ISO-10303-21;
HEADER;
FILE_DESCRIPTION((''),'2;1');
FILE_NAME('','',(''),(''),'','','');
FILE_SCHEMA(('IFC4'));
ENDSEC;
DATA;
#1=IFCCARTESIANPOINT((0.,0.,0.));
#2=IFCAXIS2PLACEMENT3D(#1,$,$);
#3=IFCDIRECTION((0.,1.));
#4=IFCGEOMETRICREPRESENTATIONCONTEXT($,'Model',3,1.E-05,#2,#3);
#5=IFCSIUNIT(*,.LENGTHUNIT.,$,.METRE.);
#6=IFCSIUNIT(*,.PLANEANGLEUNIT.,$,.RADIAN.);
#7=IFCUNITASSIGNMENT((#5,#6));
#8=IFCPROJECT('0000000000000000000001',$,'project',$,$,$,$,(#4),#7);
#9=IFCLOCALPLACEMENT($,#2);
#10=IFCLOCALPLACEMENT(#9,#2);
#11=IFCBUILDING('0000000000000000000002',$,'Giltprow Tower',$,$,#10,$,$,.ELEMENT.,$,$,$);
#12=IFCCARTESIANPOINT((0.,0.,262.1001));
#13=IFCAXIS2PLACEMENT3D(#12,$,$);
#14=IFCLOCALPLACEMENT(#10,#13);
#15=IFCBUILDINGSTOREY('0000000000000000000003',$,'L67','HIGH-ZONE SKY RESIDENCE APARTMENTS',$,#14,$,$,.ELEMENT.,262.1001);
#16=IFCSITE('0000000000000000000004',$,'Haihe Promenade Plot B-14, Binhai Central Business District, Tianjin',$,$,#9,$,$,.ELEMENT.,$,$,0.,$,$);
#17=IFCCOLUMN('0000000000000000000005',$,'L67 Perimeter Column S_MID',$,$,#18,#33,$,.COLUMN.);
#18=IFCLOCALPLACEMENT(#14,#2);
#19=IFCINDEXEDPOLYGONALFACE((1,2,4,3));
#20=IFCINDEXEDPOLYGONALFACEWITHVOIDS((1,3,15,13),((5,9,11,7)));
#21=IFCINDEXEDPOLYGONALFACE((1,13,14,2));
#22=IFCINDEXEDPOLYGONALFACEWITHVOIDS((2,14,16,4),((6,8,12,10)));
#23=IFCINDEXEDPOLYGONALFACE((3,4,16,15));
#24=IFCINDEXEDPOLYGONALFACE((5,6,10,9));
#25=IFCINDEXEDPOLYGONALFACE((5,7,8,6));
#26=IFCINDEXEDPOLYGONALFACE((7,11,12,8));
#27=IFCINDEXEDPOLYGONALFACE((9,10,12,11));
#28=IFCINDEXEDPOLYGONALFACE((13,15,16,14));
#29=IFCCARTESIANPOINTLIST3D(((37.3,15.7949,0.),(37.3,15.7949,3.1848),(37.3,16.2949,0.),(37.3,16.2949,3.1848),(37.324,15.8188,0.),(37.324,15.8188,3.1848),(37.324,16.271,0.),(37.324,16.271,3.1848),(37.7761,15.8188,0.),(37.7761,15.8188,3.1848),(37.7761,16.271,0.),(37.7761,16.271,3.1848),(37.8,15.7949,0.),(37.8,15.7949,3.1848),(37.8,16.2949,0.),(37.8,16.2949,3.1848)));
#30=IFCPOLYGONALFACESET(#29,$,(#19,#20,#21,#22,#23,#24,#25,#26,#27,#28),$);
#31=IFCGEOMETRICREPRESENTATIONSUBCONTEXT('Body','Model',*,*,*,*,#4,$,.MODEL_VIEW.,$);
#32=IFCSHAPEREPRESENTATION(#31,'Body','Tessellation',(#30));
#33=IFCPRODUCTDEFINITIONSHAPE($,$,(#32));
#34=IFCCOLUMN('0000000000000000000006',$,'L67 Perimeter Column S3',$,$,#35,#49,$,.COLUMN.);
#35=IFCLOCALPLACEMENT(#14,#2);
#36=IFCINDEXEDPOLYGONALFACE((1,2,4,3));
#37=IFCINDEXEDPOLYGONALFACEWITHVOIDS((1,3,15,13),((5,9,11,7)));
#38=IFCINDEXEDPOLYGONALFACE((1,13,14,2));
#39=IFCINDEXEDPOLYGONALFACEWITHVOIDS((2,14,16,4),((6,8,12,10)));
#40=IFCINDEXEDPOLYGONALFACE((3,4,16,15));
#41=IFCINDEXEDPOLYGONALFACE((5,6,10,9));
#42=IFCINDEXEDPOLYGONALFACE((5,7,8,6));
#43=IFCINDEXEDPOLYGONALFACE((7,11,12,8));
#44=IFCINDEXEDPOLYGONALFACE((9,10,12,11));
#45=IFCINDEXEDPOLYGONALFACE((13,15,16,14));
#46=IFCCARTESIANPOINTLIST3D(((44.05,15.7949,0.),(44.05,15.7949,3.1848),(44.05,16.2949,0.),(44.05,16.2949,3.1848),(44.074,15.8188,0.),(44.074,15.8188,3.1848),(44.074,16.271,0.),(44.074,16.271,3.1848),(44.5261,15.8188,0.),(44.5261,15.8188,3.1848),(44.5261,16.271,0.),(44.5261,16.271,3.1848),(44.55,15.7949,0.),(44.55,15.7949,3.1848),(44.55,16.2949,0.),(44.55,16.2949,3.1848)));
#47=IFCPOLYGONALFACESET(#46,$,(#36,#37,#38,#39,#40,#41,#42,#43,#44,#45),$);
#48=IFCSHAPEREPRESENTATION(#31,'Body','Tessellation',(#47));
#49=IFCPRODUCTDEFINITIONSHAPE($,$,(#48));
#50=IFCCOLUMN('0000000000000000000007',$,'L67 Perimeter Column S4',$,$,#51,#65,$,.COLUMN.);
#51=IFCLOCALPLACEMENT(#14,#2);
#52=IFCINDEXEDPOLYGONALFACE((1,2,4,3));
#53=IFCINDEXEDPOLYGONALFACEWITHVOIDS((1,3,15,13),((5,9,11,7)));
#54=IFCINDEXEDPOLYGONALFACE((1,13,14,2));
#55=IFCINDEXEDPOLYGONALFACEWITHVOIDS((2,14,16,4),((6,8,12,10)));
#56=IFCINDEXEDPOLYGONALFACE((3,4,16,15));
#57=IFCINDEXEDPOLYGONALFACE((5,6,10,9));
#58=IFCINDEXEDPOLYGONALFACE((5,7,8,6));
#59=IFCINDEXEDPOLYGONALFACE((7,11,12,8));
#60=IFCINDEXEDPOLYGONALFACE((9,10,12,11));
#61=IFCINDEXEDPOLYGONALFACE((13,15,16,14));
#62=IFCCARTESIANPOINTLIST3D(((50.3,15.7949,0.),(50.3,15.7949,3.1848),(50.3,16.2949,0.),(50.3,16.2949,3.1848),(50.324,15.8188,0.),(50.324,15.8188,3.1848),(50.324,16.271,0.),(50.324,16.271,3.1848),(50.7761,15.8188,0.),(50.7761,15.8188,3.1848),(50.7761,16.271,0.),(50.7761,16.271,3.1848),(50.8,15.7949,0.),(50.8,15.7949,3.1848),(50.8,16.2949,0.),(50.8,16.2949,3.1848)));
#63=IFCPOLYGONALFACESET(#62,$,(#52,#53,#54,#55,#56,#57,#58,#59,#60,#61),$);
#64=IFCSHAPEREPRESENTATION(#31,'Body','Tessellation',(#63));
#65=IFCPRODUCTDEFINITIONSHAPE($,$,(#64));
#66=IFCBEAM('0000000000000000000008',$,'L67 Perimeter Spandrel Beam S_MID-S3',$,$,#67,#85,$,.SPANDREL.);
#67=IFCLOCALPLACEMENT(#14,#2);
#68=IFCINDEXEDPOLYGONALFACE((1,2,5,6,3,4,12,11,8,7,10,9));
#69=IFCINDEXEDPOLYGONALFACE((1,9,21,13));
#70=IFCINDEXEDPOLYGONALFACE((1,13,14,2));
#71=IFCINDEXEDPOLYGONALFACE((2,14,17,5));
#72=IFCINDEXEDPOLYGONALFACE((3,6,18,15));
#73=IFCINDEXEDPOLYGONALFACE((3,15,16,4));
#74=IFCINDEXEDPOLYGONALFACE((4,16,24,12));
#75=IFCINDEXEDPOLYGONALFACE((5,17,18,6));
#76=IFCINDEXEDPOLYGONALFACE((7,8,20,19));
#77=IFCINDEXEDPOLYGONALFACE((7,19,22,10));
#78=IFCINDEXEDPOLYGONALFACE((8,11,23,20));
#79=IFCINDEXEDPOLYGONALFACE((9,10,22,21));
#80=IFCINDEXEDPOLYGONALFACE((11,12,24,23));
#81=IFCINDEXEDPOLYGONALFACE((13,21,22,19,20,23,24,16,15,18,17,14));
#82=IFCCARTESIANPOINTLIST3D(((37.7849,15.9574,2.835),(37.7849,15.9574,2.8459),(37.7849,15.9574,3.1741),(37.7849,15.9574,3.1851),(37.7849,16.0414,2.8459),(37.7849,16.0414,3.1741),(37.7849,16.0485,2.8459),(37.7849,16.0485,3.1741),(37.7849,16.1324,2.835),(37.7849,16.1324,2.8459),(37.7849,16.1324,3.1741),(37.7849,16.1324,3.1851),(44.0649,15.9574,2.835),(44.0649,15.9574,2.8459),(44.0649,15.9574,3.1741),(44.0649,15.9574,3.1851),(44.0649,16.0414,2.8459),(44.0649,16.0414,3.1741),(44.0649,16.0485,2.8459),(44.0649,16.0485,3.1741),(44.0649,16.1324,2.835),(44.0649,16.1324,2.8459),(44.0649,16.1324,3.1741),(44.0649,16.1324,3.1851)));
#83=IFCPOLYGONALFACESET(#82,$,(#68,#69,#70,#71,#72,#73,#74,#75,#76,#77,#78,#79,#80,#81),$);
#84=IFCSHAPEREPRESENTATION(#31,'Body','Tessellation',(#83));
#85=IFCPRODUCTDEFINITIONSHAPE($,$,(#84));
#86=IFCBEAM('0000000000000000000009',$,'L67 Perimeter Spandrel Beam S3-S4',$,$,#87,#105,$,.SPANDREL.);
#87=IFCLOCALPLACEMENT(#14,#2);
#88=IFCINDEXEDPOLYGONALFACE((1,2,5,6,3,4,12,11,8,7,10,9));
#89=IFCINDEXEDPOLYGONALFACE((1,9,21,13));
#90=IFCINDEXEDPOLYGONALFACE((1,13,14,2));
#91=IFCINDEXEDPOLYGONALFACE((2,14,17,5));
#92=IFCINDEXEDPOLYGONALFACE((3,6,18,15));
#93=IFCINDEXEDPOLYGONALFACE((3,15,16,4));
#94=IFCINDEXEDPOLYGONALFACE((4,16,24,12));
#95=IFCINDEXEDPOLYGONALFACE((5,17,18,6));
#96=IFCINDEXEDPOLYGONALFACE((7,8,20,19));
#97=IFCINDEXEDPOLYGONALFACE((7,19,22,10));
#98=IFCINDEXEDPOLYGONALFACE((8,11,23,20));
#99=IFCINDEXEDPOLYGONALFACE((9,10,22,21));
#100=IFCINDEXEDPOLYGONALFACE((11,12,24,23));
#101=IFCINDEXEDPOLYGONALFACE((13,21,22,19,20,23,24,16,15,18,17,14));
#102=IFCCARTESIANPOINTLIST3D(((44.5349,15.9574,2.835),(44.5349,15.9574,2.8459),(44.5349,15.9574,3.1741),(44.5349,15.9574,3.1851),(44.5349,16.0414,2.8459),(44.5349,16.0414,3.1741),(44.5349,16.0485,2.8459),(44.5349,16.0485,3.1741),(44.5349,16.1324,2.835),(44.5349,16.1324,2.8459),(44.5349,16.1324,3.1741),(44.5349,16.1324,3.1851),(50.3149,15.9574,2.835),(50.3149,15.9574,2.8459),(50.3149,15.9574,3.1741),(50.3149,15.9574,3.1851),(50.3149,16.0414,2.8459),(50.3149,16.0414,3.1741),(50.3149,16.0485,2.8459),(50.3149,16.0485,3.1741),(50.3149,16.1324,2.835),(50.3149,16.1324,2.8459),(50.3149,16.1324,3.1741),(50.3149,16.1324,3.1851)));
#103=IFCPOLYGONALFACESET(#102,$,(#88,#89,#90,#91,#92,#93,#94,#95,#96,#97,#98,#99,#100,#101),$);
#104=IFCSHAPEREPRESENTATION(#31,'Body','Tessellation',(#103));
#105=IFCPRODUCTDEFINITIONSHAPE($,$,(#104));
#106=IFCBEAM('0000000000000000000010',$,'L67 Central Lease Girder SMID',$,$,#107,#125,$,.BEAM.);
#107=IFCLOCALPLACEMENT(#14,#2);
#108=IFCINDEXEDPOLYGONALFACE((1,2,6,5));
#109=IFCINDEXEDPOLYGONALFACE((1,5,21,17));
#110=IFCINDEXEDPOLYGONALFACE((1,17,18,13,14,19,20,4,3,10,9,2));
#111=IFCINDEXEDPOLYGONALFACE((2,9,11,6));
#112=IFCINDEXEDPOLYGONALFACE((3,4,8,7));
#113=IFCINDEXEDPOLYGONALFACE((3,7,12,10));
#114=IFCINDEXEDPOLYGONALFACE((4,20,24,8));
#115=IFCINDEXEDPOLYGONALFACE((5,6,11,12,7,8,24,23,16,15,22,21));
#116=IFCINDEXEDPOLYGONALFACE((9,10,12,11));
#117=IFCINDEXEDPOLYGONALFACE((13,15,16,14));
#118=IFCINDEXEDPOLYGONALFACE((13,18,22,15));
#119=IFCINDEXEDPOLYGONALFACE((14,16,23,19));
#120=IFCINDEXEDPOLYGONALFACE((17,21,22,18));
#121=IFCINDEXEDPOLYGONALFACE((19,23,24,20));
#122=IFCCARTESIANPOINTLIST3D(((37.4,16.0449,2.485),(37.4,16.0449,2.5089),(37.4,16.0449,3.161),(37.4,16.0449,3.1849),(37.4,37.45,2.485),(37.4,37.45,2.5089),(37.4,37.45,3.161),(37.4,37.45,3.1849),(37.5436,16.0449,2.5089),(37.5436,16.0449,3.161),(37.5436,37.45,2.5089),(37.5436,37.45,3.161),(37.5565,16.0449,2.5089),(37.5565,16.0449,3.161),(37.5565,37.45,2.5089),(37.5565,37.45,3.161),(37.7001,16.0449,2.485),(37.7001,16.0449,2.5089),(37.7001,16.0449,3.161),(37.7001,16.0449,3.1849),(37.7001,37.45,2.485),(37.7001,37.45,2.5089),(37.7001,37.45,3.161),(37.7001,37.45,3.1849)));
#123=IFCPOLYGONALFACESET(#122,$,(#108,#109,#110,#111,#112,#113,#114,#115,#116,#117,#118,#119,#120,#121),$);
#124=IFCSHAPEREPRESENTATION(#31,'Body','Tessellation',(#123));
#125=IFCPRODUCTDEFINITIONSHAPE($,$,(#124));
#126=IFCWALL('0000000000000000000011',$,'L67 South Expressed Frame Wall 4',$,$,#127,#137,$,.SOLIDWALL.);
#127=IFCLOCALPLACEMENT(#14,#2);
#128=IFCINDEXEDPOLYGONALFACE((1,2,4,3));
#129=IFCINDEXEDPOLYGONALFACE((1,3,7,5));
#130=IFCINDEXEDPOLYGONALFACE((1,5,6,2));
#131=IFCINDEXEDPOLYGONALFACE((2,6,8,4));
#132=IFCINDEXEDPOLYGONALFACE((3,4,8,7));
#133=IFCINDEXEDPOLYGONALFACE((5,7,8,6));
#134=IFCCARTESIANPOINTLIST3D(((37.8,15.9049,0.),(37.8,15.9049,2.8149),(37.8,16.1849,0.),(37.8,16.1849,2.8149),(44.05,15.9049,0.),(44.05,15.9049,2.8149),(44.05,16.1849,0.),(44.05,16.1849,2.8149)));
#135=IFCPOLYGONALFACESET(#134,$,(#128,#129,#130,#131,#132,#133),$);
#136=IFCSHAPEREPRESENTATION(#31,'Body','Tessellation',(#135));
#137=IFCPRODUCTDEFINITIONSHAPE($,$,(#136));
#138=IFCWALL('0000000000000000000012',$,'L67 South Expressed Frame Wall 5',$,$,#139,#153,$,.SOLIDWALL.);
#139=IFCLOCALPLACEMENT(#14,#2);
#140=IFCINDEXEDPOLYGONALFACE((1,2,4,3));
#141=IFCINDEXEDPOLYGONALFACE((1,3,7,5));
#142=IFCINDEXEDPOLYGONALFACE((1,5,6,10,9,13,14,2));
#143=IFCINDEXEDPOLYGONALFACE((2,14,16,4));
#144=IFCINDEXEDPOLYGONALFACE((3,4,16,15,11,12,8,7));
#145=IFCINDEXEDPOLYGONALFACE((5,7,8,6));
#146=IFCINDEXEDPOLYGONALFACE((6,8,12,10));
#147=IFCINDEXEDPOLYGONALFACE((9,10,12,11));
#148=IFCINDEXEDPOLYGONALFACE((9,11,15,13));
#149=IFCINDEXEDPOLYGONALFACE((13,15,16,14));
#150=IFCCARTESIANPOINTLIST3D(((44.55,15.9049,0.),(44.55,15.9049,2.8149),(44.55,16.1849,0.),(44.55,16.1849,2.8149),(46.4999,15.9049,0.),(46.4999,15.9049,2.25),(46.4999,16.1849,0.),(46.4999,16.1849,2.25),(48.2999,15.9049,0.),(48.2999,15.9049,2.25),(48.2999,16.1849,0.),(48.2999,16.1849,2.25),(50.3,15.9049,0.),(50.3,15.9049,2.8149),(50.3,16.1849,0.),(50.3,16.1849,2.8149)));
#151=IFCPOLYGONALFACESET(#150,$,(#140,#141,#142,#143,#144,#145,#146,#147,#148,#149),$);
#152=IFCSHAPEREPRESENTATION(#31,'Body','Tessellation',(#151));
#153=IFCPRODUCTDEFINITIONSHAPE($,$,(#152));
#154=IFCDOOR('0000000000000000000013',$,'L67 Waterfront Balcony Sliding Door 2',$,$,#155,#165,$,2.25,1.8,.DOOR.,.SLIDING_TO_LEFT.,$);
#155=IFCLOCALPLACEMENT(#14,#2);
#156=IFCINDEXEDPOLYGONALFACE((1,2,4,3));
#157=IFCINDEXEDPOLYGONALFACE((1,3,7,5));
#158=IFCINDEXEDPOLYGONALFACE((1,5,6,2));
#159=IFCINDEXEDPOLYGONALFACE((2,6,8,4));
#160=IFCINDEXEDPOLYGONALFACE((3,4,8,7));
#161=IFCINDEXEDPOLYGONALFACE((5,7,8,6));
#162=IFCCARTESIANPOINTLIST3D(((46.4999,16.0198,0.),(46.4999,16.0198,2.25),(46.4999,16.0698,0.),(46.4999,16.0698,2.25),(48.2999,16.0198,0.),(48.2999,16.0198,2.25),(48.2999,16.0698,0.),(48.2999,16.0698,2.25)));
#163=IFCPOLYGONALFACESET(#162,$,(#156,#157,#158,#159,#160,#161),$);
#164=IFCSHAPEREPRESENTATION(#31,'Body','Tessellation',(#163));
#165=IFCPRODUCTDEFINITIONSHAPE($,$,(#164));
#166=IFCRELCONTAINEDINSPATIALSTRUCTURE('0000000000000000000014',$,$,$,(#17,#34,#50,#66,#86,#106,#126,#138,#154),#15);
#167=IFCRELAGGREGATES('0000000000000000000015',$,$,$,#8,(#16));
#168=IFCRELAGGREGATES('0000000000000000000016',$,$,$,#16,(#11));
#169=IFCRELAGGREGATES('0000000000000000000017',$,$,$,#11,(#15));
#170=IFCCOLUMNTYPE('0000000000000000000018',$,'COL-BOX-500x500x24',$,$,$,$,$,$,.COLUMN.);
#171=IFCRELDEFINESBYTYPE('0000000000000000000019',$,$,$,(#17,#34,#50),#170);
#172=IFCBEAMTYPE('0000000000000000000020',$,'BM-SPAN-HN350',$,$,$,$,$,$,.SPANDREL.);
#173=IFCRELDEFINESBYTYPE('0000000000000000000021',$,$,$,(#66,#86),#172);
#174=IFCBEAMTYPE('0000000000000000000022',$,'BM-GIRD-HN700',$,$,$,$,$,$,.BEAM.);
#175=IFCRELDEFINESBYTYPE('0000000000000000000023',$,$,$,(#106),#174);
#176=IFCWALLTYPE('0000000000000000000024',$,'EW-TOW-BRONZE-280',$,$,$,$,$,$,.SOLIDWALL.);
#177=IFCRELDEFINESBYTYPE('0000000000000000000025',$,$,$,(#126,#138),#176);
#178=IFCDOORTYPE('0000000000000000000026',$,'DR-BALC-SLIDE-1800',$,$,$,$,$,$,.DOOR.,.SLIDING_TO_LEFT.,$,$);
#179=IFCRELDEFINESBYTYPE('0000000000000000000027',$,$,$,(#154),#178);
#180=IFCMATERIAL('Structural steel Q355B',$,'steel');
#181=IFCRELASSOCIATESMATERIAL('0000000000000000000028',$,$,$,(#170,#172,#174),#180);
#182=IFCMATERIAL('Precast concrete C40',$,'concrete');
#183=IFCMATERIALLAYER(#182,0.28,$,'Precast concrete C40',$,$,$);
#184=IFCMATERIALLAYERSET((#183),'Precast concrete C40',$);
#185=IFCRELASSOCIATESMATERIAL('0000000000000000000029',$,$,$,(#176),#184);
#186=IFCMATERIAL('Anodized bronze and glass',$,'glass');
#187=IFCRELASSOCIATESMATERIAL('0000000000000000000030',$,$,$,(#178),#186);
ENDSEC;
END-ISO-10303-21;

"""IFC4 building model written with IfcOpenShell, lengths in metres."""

from ifc_helpers import new_model, si_unit, direction, frame, frame_2d, origin, origin_2d, place, context, subcontext, project, spatial, rectangle, hollow_rectangle, i_section, extrude, source, transform, mapped, material, layer, layer_set, material_profile, profile_set, type_object, element, fill, save


model = new_model("IFC4")

# Units and contexts
model_context = context("Model", 3, precision=1e-05, world=origin(), true_north=direction((0.0, 1.0)))
body_context = subcontext(model_context, "Body", "Model", "MODEL_VIEW")
ifc_project = project(units=[si_unit("LENGTHUNIT", "METRE"), si_unit("PLANEANGLEUNIT", "RADIAN")], contexts=[model_context])

# Site, building, storey
site_placement = place(None, origin())
site = spatial("IfcSite", under=ifc_project, at=site_placement, Name="Haihe Promenade Plot B-14, Binhai Central Business District, Tianjin", CompositionType="ELEMENT", RefElevation=0.0)
building_placement = place(site_placement, origin())
building = spatial("IfcBuilding", under=site, at=building_placement, Name="Giltprow Tower", CompositionType="ELEMENT")
storey_placement = place(building_placement, frame((0.0, 0.0, 262.1001)))
storey = spatial("IfcBuildingStorey", under=building, at=storey_placement, Name="L67", Description="HIGH-ZONE SKY RESIDENCE APARTMENTS", CompositionType="ELEMENT", Elevation=262.1001)

# Columns
ifc_material_1 = material(Name="Structural steel Q355B", Category="steel")
ifc_material_profile_1 = material_profile(ifc_material_1, hollow_rectangle(XDim=0.5, YDim=0.5, WallThickness=0.0239, at=origin_2d()), Name="BOX 500x500x24")
ifc_profile_set_1 = profile_set([ifc_material_profile_1], Name="Structural steel Q355B")
column_type = type_object("IfcColumnType", Name="COL-BOX-500x500x24", PredefinedType="COLUMN", material=ifc_profile_set_1)
shared_shape_1 = source(origin(), body_context, "Body", "SweptSolid", [
    extrude(hollow_rectangle(XDim=0.5, YDim=0.5, WallThickness=0.0239, at=origin_2d()), origin(), (0.0, 0.0, 1.0), 3.1848),
])
for number, where, z_axis, x_axis, name in (
    (1, (37.55, 16.0449, 0.0), (0.0, 0.0, 1.0), (1.0, 0.0, 0.0), "L67 Perimeter Column S_MID"),
    (2, (44.3, 16.0449, 0.0), (0.0, 0.0, 1.0), (1.0, 0.0, 0.0), "L67 Perimeter Column S3"),
    (3, (50.55, 16.0449, 0.0), (0.0, 0.0, 1.0), (1.0, 0.0, 0.0), "L67 Perimeter Column S4"),
):
    element("IfcColumn", number, at=place(storey_placement, frame(where, z_axis=z_axis, x_axis=x_axis)), inside=storey, type_object=column_type, Name=name, PredefinedType="COLUMN", context=body_context, shape_type="MappedRepresentation", body=[
        mapped(shared_shape_1, transform((0.0, 0.0, 0.0), x_axis=(1.0, 0.0, 0.0), y_axis=(0.0, 1.0, 0.0), z_axis=(0.0, 0.0, 1.0), scale=1.0)),
    ])

# Beams
ifc_material_profile_2 = material_profile(ifc_material_1, i_section(OverallWidth=0.175, OverallDepth=0.3501, WebThickness=0.0071, FlangeThickness=0.011, at=origin_2d()), Name="HN 350x175x7x11")
ifc_profile_set_2 = profile_set([ifc_material_profile_2], Name="Structural steel Q355B")
beam_type_1 = type_object("IfcBeamType", Name="BM-SPAN-HN350", PredefinedType="SPANDREL", material=ifc_profile_set_2)
shared_shape_2 = source(origin(), body_context, "Body", "SweptSolid", [
    extrude(i_section(OverallWidth=0.175, OverallDepth=0.3501, WebThickness=0.0071, FlangeThickness=0.011, at=origin_2d()), origin(), (0.0, 0.0, 1.0), 6.28),
])
beam_1_placement = place(storey_placement, frame((37.7849, 16.0449, 3.01), z_axis=(1.0, 0.0, 0.0), x_axis=(0.0, 1.0, 0.0)))
element("IfcBeam", 4, at=beam_1_placement, inside=storey, type_object=beam_type_1, Name="L67 Perimeter Spandrel Beam S_MID-S3", PredefinedType="SPANDREL", context=body_context, shape_type="MappedRepresentation", body=[
    mapped(shared_shape_2, transform((0.0, 0.0, 0.0), x_axis=(1.0, 0.0, 0.0), y_axis=(0.0, 1.0, 0.0), z_axis=(0.0, 0.0, 1.0), scale=1.0)),
])
shared_shape_3 = source(origin(), body_context, "Body", "SweptSolid", [
    extrude(i_section(OverallWidth=0.175, OverallDepth=0.3501, WebThickness=0.0071, FlangeThickness=0.011, at=origin_2d()), origin(), (0.0, 0.0, 1.0), 5.78),
])
beam_2_placement = place(storey_placement, frame((44.5349, 16.0449, 3.01), z_axis=(1.0, 0.0, 0.0), x_axis=(0.0, 1.0, 0.0)))
element("IfcBeam", 5, at=beam_2_placement, inside=storey, type_object=beam_type_1, Name="L67 Perimeter Spandrel Beam S3-S4", PredefinedType="SPANDREL", context=body_context, shape_type="MappedRepresentation", body=[
    mapped(shared_shape_3, transform((0.0, 0.0, 0.0), x_axis=(1.0, 0.0, 0.0), y_axis=(0.0, 1.0, 0.0), z_axis=(0.0, 0.0, 1.0), scale=1.0)),
])
ifc_material_profile_3 = material_profile(ifc_material_1, i_section(OverallWidth=0.3, OverallDepth=0.7, WebThickness=0.0129, FlangeThickness=0.0239, at=origin_2d()), Name="HN 700x300x13x24")
ifc_profile_set_3 = profile_set([ifc_material_profile_3], Name="Structural steel Q355B")
beam_type_2 = type_object("IfcBeamType", Name="BM-GIRD-HN700", PredefinedType="BEAM", material=ifc_profile_set_3)
shared_shape_4 = source(origin(), body_context, "Body", "SweptSolid", [
    extrude(i_section(OverallWidth=0.3, OverallDepth=0.7, WebThickness=0.0129, FlangeThickness=0.0239, at=origin_2d()), origin(), (0.0, 0.0, 1.0), 21.405),
])
beam_3_placement = place(storey_placement, frame((37.55, 16.0449, 2.835), z_axis=(0.0, 1.0, 0.0), x_axis=(-1.0, 0.0, 0.0)))
element("IfcBeam", 6, at=beam_3_placement, inside=storey, type_object=beam_type_2, Name="L67 Central Lease Girder SMID", PredefinedType="BEAM", context=body_context, shape_type="MappedRepresentation", body=[
    mapped(shared_shape_4, transform((0.0, 0.0, 0.0), x_axis=(1.0, 0.0, 0.0), y_axis=(0.0, 1.0, 0.0), z_axis=(0.0, 0.0, 1.0), scale=1.0)),
])

# Wall
ifc_material_2 = material(Name="Precast concrete C40", Category="concrete")
ifc_layer_1 = layer(ifc_material_2, 0.28, Name="Precast concrete C40")
ifc_layer_set_1 = layer_set([ifc_layer_1], Name="Precast concrete C40")
wall_type_1 = type_object("IfcWallType", Name="EW-TOW-BRONZE-280", PredefinedType="SOLIDWALL", material=ifc_layer_set_1)
wall_1_placement = place(storey_placement, frame((37.8, 16.0449, 0.0), z_axis=(0.0, 0.0, 1.0), x_axis=(1.0, 0.0, 0.0)))
element("IfcWall", 7, at=wall_1_placement, inside=storey, type_object=wall_type_1, Name="L67 South Expressed Frame Wall 4", PredefinedType="SOLIDWALL", context=body_context, shape_type="SweptSolid", body=[
    extrude(rectangle(XDim=6.25, YDim=0.28, at=frame_2d((3.125, 0.0))), origin(), (0.0, 0.0, 1.0), 2.8149),
])

# Wall, opening, door
wall_2_placement = place(storey_placement, frame((44.55, 16.0449, 0.0), z_axis=(0.0, 0.0, 1.0), x_axis=(1.0, 0.0, 0.0)))
wall_2 = element("IfcWall", 8, at=wall_2_placement, inside=storey, type_object=wall_type_1, Name="L67 South Expressed Frame Wall 5", PredefinedType="SOLIDWALL", context=body_context, shape_type="SweptSolid", body=[
    extrude(rectangle(XDim=5.75, YDim=0.28, at=frame_2d((2.875, 0.0))), origin(), (0.0, 0.0, 1.0), 2.8149),
])
opening_1_placement = place(wall_2_placement, frame((1.95, 0.0, 0.0)))
opening_1 = element("IfcOpeningElement", 9, at=opening_1_placement, cuts=wall_2, PredefinedType="OPENING", context=body_context, shape_type="SweptSolid", body=[
    extrude(rectangle(XDim=1.8, YDim=2.25, at=frame_2d((0.8999, 1.125))), frame((0.0, 0.1499, 0.0), z_axis=(0.0, -1.0, 0.0), x_axis=(1.0, 0.0, 0.0)), (0.0, 0.0, 1.0), 0.3),
])
ifc_material_3 = material(Name="Anodized bronze and glass", Category="glass")
door_type_1 = type_object("IfcDoorType", Name="DR-BALC-SLIDE-1800", OperationType="SLIDING_TO_LEFT", PredefinedType="DOOR", material=ifc_material_3)
shared_shape_5 = source(origin(), body_context, "Body", "SweptSolid", [
    extrude(rectangle(XDim=1.8, YDim=2.25, at=frame_2d((0.8999, 1.125))), frame((0.0, 0.0249, 0.0), z_axis=(0.0, -1.0, 0.0), x_axis=(1.0, 0.0, 0.0)), (0.0, 0.0, 1.0), 0.05),
])
door_1_placement = place(opening_1_placement, origin())
door_1 = element("IfcDoor", 10, at=door_1_placement, inside=storey, type_object=door_type_1, Name="L67 Waterfront Balcony Sliding Door 2", OperationType="SLIDING_TO_LEFT", OverallHeight=2.25, OverallWidth=1.8, PredefinedType="DOOR", context=body_context, shape_type="MappedRepresentation", body=[
    mapped(shared_shape_5, transform((0.0, 0.0, 0.0), x_axis=(1.0, 0.0, 0.0), y_axis=(0.0, 1.0, 0.0), z_axis=(0.0, 0.0, 1.0), scale=1.0)),
])
fill(opening_1, door_1)

save(model, "model.ifc")
